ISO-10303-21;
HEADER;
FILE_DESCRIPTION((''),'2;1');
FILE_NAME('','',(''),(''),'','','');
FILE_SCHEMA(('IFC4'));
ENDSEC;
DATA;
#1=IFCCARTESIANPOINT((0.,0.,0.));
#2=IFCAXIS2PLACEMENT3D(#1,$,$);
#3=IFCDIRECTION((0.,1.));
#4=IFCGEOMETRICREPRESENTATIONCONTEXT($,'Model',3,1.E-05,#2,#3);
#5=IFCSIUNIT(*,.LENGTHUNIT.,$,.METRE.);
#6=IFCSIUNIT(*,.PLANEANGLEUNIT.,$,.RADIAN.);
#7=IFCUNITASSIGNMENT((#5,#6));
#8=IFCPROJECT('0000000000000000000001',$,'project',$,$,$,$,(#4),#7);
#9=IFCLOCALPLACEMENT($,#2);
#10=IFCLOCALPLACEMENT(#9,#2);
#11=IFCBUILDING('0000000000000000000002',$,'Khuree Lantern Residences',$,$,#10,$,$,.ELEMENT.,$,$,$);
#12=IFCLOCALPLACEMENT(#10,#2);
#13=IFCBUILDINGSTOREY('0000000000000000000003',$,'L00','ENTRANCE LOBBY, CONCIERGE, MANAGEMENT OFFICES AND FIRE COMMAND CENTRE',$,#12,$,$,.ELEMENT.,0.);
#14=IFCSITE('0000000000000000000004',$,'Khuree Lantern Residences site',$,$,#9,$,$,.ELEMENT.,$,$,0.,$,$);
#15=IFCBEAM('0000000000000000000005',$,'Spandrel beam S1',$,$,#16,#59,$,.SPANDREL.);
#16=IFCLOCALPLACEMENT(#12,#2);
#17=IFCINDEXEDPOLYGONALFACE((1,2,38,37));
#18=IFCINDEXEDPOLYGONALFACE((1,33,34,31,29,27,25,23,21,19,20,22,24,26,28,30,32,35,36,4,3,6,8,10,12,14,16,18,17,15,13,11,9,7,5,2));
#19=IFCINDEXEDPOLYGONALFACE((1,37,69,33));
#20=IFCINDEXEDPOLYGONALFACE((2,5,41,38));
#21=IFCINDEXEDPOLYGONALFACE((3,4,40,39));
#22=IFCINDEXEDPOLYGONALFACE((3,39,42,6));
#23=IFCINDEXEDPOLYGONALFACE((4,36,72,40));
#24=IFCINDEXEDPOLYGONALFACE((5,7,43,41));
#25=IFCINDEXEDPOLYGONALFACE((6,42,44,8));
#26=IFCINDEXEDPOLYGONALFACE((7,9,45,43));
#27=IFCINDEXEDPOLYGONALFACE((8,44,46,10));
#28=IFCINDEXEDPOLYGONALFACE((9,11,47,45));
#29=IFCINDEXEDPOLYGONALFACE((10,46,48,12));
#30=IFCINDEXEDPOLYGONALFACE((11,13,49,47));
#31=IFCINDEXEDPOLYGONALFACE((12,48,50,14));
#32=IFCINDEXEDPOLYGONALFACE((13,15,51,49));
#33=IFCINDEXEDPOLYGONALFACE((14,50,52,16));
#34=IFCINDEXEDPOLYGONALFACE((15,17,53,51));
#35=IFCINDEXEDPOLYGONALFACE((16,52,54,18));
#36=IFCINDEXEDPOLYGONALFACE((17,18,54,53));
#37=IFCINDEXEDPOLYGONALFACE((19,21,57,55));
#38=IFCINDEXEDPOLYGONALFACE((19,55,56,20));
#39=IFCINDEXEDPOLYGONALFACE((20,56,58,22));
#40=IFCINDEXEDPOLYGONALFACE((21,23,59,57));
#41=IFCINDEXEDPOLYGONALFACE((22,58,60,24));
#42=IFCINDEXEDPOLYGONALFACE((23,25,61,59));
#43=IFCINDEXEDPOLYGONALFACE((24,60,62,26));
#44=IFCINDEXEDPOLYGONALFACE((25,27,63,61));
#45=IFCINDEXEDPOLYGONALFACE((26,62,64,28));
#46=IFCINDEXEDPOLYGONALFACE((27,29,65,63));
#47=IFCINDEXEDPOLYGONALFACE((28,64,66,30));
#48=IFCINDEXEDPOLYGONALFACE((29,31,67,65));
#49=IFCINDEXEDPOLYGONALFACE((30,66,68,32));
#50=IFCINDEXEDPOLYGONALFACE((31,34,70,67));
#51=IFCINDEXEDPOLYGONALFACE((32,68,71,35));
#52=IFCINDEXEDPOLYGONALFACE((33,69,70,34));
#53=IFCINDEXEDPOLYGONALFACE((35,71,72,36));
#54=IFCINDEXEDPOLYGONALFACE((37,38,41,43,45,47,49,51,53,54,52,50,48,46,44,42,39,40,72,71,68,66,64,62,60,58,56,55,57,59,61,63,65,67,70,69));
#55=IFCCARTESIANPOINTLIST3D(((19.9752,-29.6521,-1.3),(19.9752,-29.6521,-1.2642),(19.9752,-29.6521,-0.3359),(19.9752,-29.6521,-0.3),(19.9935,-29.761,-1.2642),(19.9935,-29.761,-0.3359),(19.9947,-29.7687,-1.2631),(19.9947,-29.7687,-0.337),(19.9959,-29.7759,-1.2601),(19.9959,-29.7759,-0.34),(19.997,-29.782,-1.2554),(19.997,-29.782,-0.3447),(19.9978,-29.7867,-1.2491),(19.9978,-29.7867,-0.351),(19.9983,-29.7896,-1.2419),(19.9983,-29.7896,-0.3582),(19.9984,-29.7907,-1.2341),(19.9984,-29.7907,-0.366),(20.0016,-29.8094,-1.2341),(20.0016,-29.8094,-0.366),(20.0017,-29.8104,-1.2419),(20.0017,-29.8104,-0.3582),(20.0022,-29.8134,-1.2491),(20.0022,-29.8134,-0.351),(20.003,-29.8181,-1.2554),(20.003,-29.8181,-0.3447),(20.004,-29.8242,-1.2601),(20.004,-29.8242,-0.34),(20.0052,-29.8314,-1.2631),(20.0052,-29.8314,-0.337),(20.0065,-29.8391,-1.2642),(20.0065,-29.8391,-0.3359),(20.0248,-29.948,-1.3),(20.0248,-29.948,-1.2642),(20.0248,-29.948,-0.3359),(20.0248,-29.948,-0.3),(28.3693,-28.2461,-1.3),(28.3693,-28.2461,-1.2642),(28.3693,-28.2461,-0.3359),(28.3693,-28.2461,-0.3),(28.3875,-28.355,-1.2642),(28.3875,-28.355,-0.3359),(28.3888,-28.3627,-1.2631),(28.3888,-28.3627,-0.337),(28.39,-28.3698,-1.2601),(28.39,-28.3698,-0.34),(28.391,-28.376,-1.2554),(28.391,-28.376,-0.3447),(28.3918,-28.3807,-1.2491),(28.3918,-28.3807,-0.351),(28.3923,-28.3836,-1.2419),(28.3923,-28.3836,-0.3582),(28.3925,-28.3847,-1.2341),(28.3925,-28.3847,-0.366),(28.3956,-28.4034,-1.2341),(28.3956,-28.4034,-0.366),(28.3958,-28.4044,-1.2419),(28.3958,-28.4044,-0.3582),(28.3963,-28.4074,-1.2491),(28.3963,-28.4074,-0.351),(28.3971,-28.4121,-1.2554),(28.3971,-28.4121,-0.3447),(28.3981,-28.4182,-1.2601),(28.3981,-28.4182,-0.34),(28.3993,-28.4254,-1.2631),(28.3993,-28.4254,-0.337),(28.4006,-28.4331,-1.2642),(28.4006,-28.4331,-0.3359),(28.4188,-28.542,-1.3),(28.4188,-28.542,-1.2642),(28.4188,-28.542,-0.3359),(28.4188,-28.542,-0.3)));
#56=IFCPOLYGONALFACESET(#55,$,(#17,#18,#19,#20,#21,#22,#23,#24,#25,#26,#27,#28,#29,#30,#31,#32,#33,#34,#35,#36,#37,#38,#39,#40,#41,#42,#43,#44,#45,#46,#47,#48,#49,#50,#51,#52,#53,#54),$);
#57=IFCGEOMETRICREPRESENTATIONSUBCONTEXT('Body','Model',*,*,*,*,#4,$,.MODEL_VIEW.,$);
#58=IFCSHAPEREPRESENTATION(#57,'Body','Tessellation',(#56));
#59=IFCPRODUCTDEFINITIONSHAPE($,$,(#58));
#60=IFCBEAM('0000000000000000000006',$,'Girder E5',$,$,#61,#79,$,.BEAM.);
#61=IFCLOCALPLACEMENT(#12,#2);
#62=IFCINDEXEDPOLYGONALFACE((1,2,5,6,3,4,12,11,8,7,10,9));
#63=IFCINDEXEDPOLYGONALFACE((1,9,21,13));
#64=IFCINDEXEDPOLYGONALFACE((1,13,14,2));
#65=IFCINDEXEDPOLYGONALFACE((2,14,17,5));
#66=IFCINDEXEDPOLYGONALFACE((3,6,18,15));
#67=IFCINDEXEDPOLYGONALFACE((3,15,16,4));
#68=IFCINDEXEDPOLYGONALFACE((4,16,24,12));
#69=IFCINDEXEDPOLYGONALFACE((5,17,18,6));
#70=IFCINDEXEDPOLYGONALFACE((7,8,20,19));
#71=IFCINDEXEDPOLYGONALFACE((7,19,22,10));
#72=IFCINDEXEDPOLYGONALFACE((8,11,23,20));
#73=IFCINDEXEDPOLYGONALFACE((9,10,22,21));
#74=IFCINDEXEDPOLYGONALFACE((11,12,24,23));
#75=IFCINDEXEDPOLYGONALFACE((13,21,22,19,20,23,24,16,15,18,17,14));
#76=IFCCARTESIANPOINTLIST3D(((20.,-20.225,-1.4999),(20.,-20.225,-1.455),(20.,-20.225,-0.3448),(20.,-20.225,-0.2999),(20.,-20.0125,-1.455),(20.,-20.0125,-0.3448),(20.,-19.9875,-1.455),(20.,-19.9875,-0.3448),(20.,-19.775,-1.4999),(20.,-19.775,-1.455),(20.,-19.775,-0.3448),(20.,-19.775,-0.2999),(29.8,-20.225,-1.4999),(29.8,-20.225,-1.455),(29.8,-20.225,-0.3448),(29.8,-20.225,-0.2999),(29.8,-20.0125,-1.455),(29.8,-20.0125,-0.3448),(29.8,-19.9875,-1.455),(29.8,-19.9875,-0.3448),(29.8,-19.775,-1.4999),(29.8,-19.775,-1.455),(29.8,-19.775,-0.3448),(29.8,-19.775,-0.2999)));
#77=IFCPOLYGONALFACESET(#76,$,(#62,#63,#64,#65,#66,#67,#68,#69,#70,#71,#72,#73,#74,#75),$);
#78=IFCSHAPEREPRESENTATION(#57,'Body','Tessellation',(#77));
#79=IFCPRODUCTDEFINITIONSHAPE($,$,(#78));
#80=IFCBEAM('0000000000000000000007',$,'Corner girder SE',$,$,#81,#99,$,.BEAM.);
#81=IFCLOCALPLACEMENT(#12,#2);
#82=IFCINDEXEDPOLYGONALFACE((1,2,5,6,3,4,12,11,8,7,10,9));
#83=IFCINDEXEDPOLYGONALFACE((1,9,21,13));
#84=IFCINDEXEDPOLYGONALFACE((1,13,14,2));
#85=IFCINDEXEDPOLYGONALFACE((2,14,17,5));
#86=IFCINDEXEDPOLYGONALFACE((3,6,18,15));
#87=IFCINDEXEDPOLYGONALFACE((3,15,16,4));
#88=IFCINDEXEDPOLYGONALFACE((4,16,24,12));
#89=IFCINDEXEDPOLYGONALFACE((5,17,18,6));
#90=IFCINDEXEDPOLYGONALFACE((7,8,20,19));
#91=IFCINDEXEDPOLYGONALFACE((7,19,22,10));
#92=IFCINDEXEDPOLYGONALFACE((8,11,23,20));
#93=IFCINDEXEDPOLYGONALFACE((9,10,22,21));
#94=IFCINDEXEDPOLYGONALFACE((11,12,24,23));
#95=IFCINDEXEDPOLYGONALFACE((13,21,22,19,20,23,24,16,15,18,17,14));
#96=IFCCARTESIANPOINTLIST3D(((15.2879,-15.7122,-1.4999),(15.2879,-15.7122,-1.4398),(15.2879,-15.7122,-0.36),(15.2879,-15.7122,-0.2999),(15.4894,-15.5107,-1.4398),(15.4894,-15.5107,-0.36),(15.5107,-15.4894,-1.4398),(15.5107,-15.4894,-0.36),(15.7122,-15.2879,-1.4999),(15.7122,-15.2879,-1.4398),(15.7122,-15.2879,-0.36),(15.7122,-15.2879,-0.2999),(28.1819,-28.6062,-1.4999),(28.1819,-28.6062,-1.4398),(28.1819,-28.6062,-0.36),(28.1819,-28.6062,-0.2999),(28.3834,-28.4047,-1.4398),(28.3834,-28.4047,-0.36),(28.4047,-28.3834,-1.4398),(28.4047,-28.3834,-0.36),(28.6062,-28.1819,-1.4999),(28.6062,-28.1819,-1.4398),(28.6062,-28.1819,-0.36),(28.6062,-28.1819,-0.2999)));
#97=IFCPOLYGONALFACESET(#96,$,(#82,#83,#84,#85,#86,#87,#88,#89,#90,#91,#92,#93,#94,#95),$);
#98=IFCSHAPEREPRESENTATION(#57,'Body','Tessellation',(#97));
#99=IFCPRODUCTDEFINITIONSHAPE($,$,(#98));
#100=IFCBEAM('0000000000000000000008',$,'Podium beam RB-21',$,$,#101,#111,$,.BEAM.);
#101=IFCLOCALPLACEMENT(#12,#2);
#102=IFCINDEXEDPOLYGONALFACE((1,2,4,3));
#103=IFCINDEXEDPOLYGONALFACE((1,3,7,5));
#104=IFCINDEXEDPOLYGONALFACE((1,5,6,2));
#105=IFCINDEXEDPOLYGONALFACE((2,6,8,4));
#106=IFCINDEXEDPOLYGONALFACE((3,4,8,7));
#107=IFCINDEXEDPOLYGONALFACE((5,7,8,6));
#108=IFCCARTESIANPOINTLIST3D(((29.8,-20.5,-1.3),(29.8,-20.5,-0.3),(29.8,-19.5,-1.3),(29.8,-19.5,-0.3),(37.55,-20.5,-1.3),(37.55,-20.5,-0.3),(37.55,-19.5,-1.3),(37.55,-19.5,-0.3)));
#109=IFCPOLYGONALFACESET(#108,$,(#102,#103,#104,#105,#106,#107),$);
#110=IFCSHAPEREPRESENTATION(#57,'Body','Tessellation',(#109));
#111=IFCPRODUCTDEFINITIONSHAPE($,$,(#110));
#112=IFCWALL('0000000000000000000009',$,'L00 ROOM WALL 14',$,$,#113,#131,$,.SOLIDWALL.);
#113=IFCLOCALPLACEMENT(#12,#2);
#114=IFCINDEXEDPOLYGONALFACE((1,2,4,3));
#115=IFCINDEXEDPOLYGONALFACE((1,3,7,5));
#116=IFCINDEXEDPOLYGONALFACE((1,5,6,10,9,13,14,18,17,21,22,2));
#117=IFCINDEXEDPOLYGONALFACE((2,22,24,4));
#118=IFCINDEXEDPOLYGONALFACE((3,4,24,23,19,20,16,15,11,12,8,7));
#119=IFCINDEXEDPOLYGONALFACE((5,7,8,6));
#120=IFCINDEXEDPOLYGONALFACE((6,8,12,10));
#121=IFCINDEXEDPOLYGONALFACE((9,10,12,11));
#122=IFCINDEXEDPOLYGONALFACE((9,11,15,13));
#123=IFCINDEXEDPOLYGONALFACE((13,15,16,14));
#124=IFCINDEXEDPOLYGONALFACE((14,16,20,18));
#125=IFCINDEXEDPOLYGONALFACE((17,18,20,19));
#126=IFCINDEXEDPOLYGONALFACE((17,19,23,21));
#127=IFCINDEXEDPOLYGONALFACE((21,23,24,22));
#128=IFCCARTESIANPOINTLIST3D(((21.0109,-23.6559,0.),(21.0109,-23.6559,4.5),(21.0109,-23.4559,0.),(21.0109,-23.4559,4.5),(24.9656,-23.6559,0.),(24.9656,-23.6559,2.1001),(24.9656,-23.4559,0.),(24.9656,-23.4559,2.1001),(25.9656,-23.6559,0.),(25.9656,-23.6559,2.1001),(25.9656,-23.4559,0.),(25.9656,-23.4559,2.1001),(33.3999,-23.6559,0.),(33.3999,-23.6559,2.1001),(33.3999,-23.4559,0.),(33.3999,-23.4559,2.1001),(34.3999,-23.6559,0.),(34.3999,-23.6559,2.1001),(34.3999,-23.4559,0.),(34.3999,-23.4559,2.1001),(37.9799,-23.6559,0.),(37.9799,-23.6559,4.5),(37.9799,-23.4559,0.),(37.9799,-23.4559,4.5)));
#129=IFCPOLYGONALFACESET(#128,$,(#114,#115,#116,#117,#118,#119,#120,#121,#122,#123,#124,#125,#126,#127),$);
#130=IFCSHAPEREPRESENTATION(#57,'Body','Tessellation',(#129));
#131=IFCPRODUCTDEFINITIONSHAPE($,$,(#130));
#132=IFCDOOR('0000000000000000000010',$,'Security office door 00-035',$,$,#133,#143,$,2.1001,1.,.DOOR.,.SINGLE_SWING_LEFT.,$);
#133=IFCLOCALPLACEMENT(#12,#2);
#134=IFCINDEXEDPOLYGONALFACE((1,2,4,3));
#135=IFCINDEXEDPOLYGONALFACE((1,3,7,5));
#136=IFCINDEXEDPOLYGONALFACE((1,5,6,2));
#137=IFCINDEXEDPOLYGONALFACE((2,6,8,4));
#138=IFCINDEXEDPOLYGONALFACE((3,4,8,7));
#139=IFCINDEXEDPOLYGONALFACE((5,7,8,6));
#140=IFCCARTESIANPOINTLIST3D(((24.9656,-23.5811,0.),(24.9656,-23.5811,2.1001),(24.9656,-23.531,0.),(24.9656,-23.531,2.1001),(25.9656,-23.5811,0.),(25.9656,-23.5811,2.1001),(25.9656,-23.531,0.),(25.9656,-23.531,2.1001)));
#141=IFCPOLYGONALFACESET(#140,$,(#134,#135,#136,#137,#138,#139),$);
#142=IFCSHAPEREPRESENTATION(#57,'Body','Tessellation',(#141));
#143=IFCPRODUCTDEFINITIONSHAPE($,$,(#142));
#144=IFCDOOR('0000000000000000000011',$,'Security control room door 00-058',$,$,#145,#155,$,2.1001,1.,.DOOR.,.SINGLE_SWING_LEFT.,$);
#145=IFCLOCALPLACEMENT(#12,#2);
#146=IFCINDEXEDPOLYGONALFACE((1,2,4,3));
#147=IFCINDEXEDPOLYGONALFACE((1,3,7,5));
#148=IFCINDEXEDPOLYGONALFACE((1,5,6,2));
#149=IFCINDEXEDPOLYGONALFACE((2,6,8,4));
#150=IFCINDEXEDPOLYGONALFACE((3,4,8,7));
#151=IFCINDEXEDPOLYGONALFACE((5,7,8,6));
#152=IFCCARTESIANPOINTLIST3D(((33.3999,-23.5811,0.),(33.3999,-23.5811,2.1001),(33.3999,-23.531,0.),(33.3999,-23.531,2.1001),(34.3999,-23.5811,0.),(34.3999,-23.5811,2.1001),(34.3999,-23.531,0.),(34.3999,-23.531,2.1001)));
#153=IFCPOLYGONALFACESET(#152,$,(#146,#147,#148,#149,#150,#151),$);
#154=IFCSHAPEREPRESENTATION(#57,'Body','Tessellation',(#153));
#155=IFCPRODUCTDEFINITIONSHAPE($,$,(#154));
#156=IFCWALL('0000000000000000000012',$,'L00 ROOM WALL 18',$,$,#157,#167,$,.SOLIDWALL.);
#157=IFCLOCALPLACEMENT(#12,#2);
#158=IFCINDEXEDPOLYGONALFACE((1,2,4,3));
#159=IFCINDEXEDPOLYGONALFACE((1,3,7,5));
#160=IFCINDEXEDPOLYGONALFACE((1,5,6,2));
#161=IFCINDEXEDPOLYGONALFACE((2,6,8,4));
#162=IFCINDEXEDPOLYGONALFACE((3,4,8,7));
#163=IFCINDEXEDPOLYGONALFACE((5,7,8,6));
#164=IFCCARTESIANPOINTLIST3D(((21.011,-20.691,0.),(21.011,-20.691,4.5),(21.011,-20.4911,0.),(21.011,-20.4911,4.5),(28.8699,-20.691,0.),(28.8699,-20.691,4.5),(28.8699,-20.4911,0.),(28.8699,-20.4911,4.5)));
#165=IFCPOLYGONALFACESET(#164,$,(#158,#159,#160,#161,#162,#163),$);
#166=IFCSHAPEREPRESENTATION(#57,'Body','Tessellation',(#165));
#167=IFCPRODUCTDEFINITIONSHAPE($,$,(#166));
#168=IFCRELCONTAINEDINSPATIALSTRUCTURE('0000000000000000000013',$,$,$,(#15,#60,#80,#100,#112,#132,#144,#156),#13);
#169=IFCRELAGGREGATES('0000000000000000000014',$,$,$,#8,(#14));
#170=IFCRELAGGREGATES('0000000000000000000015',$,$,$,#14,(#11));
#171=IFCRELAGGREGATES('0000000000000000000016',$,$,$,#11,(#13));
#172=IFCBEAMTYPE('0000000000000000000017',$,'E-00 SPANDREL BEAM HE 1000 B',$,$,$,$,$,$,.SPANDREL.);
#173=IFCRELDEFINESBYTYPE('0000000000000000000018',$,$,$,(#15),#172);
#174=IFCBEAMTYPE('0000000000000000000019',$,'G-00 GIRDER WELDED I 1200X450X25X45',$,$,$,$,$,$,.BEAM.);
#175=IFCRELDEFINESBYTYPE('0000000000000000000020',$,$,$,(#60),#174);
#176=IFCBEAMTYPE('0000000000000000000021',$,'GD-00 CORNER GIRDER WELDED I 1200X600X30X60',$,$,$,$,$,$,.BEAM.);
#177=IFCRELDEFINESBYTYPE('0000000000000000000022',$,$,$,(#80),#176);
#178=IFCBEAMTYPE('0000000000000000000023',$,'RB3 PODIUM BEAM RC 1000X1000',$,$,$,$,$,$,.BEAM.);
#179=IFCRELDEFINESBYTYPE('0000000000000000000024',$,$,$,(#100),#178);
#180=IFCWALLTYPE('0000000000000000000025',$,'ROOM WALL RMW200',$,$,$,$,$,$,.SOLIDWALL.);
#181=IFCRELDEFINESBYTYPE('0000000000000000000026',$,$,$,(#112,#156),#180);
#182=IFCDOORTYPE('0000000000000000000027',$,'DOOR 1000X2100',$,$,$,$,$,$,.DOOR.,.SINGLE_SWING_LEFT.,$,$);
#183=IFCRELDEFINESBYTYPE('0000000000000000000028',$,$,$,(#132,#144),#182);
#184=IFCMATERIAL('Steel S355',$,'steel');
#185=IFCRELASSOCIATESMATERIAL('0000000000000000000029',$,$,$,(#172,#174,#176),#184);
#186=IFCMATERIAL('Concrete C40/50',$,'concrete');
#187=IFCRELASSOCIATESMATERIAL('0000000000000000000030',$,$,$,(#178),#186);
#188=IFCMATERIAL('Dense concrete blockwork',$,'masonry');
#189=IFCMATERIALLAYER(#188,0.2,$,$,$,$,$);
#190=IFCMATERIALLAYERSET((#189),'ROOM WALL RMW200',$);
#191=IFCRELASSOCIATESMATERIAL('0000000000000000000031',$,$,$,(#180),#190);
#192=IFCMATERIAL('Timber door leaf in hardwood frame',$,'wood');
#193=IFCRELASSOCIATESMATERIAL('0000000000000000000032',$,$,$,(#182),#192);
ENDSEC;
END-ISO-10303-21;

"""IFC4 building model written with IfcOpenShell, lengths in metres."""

from ifc_helpers import new_model, si_unit, direction, frame, frame_2d, origin, origin_2d, place, context, subcontext, project, spatial, rectangle, i_section, extrude, material, layer, layer_set, material_profile, profile_set, type_object, element, fill, save


model = new_model("IFC4")

# Units and contexts
model_context = context("Model", 3, precision=1e-05, world=origin(), true_north=direction((0.0, 1.0)))
body_context = subcontext(model_context, "Body", "Model", "MODEL_VIEW")
ifc_project = project(units=[si_unit("LENGTHUNIT", "METRE"), si_unit("PLANEANGLEUNIT", "RADIAN")], contexts=[model_context])

# Site, building, storey
site_placement = place(None, origin())
site = spatial("IfcSite", under=ifc_project, at=site_placement, Name="Khuree Lantern Residences site", CompositionType="ELEMENT", RefElevation=0.0)
building_placement = place(site_placement, origin())
building = spatial("IfcBuilding", under=site, at=building_placement, Name="Khuree Lantern Residences", CompositionType="ELEMENT")
storey_placement = place(building_placement, origin())
storey = spatial("IfcBuildingStorey", under=building, at=storey_placement, Name="L00", Description="ENTRANCE LOBBY, CONCIERGE, MANAGEMENT OFFICES AND FIRE COMMAND CENTRE", CompositionType="ELEMENT", Elevation=0.0)

# Beams
ifc_material_1 = material(Name="Steel S355", Category="steel")
ifc_material_profile_1 = material_profile(ifc_material_1, i_section(OverallWidth=0.3, OverallDepth=1.0, WebThickness=0.019, FlangeThickness=0.0359, FilletRadius=0.03, at=origin_2d()), Name="HE 1000 B")
ifc_profile_set_1 = profile_set([ifc_material_profile_1], Name="Steel S355")
beam_type_1 = type_object("IfcBeamType", Name="E-00 SPANDREL BEAM HE 1000 B", PredefinedType="SPANDREL", material=ifc_profile_set_1)
for number, where, z_axis, x_axis, name in (
    (1, (28.394, -28.394, -0.8), (-0.98626, -0.165199, 0.0), (0.165199, -0.98626, 0.0), "Spandrel beam S1"),
):
    element("IfcBeam", number, at=place(storey_placement, frame(where, z_axis=z_axis, x_axis=x_axis)), inside=storey, type_object=beam_type_1, Name=name, PredefinedType="SPANDREL", context=body_context, shape_type="SweptSolid", body=[
        extrude(i_section(OverallWidth=0.3, OverallDepth=1.0, WebThickness=0.019, FlangeThickness=0.0359, FilletRadius=0.03, at=origin_2d()), origin(), (0.0, 0.0, 1.0), 8.511),
    ])
ifc_material_profile_2 = material_profile(ifc_material_1, i_section(OverallWidth=0.45, OverallDepth=1.2, WebThickness=0.0249, FlangeThickness=0.0449, at=origin_2d()), Name="WELDED I 1200X450X25X45")
ifc_profile_set_2 = profile_set([ifc_material_profile_2], Name="Steel S355")
beam_type_2 = type_object("IfcBeamType", Name="G-00 GIRDER WELDED I 1200X450X25X45", PredefinedType="BEAM", material=ifc_profile_set_2)
beam_1_placement = place(storey_placement, frame((29.8, -20.0, -0.8999), z_axis=(-1.0, 0.0, 0.0), x_axis=(0.0, -1.0, 0.0)))
element("IfcBeam", 2, at=beam_1_placement, inside=storey, type_object=beam_type_2, Name="Girder E5", PredefinedType="BEAM", context=body_context, shape_type="SweptSolid", body=[
    extrude(i_section(OverallWidth=0.45, OverallDepth=1.2, WebThickness=0.0249, FlangeThickness=0.0449, at=origin_2d()), origin(), (0.0, 0.0, 1.0), 9.8),
])
ifc_material_profile_3 = material_profile(ifc_material_1, i_section(OverallWidth=0.6001, OverallDepth=1.2, WebThickness=0.03, FlangeThickness=0.0601, at=origin_2d()), Name="WELDED I 1200X600X30X60")
ifc_profile_set_3 = profile_set([ifc_material_profile_3], Name="Steel S355")
beam_type_3 = type_object("IfcBeamType", Name="GD-00 CORNER GIRDER WELDED I 1200X600X30X60", PredefinedType="BEAM", material=ifc_profile_set_3)
beam_2_placement = place(storey_placement, frame((28.394, -28.394, -0.8999), z_axis=(-0.707107, 0.707107, 0.0), x_axis=(-0.707107, -0.707107, 0.0)))
element("IfcBeam", 3, at=beam_2_placement, inside=storey, type_object=beam_type_3, Name="Corner girder SE", PredefinedType="BEAM", context=body_context, shape_type="SweptSolid", body=[
    extrude(i_section(OverallWidth=0.6001, OverallDepth=1.2, WebThickness=0.03, FlangeThickness=0.0601, at=origin_2d()), origin(), (0.0, 0.0, 1.0), 18.2349),
])
ifc_material_2 = material(Name="Concrete C40/50", Category="concrete")
ifc_material_profile_4 = material_profile(ifc_material_2, rectangle(XDim=1.0, YDim=1.0, at=origin_2d()), Name="RC 1000X1000")
ifc_profile_set_4 = profile_set([ifc_material_profile_4], Name="Concrete C40/50")
beam_type_4 = type_object("IfcBeamType", Name="RB3 PODIUM BEAM RC 1000X1000", PredefinedType="BEAM", material=ifc_profile_set_4)
beam_3_placement = place(storey_placement, frame((29.8, -20.0, -0.8), z_axis=(1.0, 0.0, 0.0), x_axis=(0.0, 1.0, 0.0)))
element("IfcBeam", 4, at=beam_3_placement, inside=storey, type_object=beam_type_4, Name="Podium beam RB-21", PredefinedType="BEAM", context=body_context, shape_type="SweptSolid", body=[
    extrude(rectangle(XDim=1.0, YDim=1.0, at=origin_2d()), origin(), (0.0, 0.0, 1.0), 7.75),
])

# Wall, openings, doors
ifc_material_3 = material(Name="Dense concrete blockwork", Category="masonry")
ifc_layer = layer(ifc_material_3, 0.2)
ifc_layer_set = layer_set([ifc_layer], Name="ROOM WALL RMW200")
wall_type = type_object("IfcWallType", Name="ROOM WALL RMW200", PredefinedType="SOLIDWALL", material=ifc_layer_set)
wall_1_placement = place(storey_placement, frame((21.011, -23.5559, 0.0), z_axis=(0.0, 0.0, 1.0), x_axis=(1.0, 0.0, 0.0)))
wall_1 = element("IfcWall", 5, at=wall_1_placement, inside=storey, type_object=wall_type, Name="L00 ROOM WALL 14", PredefinedType="SOLIDWALL", context=body_context, shape_type="SweptSolid", body=[
    extrude(rectangle(XDim=16.969, YDim=0.2, at=frame_2d((8.4844, 0.0))), origin(), (0.0, 0.0, 1.0), 4.5),
])
opening_1_placement = place(wall_1_placement, frame((3.9546, 0.0, 0.0)))
opening_1 = element("IfcOpeningElement", 6, at=opening_1_placement, cuts=wall_1, PredefinedType="OPENING", context=body_context, shape_type="SweptSolid", body=[
    extrude(rectangle(XDim=1.0, YDim=2.1001, at=frame_2d((0.5, 1.05))), frame((0.0, 0.1099, 0.0), z_axis=(0.0, -1.0, 0.0), x_axis=(1.0, 0.0, 0.0)), (0.0, 0.0, 1.0), 0.22),
])
opening_2_placement = place(wall_1_placement, frame((12.3889, 0.0, 0.0)))
opening_2 = element("IfcOpeningElement", 7, at=opening_2_placement, cuts=wall_1, PredefinedType="OPENING", context=body_context, shape_type="SweptSolid", body=[
    extrude(rectangle(XDim=1.0, YDim=2.1001, at=frame_2d((0.5, 1.05))), frame((0.0, 0.1099, 0.0), z_axis=(0.0, -1.0, 0.0), x_axis=(1.0, 0.0, 0.0)), (0.0, 0.0, 1.0), 0.22),
])
ifc_material_4 = material(Name="Timber door leaf in hardwood frame", Category="wood")
door_type_1 = type_object("IfcDoorType", Name="DOOR 1000X2100", OperationType="SINGLE_SWING_LEFT", PredefinedType="DOOR", material=ifc_material_4)
door_1_placement = place(opening_1_placement, origin())
door_1 = element("IfcDoor", 8, at=door_1_placement, inside=storey, type_object=door_type_1, Name="Security office door 00-035", OperationType="SINGLE_SWING_LEFT", OverallHeight=2.1001, OverallWidth=1.0, PredefinedType="DOOR", context=body_context, shape_type="SweptSolid", body=[
    extrude(rectangle(XDim=1.0, YDim=2.1001, at=frame_2d((0.5, 1.05))), frame((0.0, 0.0249, 0.0), z_axis=(0.0, -1.0, 0.0), x_axis=(1.0, 0.0, 0.0)), (0.0, 0.0, 1.0), 0.05),
])
fill(opening_1, door_1)
door_2_placement = place(opening_2_placement, origin())
door_2 = element("IfcDoor", 9, at=door_2_placement, inside=storey, type_object=door_type_1, Name="Security control room door 00-058", OperationType="SINGLE_SWING_LEFT", OverallHeight=2.1001, OverallWidth=1.0, PredefinedType="DOOR", context=body_context, shape_type="SweptSolid", body=[
    extrude(rectangle(XDim=1.0, YDim=2.1001, at=frame_2d((0.5, 1.05))), frame((0.0, 0.0249, 0.0), z_axis=(0.0, -1.0, 0.0), x_axis=(1.0, 0.0, 0.0)), (0.0, 0.0, 1.0), 0.05),
])
fill(opening_2, door_2)

# Wall
wall_2_placement = place(storey_placement, frame((21.011, -20.5911, 0.0), z_axis=(0.0, 0.0, 1.0), x_axis=(1.0, 0.0, 0.0)))
element("IfcWall", 10, at=wall_2_placement, inside=storey, type_object=wall_type, Name="L00 ROOM WALL 18", PredefinedType="SOLIDWALL", context=body_context, shape_type="SweptSolid", body=[
    extrude(rectangle(XDim=7.8589, YDim=0.2, at=frame_2d((3.9294, 0.0))), origin(), (0.0, 0.0, 1.0), 4.5),
])

save(model, "model.ifc")
